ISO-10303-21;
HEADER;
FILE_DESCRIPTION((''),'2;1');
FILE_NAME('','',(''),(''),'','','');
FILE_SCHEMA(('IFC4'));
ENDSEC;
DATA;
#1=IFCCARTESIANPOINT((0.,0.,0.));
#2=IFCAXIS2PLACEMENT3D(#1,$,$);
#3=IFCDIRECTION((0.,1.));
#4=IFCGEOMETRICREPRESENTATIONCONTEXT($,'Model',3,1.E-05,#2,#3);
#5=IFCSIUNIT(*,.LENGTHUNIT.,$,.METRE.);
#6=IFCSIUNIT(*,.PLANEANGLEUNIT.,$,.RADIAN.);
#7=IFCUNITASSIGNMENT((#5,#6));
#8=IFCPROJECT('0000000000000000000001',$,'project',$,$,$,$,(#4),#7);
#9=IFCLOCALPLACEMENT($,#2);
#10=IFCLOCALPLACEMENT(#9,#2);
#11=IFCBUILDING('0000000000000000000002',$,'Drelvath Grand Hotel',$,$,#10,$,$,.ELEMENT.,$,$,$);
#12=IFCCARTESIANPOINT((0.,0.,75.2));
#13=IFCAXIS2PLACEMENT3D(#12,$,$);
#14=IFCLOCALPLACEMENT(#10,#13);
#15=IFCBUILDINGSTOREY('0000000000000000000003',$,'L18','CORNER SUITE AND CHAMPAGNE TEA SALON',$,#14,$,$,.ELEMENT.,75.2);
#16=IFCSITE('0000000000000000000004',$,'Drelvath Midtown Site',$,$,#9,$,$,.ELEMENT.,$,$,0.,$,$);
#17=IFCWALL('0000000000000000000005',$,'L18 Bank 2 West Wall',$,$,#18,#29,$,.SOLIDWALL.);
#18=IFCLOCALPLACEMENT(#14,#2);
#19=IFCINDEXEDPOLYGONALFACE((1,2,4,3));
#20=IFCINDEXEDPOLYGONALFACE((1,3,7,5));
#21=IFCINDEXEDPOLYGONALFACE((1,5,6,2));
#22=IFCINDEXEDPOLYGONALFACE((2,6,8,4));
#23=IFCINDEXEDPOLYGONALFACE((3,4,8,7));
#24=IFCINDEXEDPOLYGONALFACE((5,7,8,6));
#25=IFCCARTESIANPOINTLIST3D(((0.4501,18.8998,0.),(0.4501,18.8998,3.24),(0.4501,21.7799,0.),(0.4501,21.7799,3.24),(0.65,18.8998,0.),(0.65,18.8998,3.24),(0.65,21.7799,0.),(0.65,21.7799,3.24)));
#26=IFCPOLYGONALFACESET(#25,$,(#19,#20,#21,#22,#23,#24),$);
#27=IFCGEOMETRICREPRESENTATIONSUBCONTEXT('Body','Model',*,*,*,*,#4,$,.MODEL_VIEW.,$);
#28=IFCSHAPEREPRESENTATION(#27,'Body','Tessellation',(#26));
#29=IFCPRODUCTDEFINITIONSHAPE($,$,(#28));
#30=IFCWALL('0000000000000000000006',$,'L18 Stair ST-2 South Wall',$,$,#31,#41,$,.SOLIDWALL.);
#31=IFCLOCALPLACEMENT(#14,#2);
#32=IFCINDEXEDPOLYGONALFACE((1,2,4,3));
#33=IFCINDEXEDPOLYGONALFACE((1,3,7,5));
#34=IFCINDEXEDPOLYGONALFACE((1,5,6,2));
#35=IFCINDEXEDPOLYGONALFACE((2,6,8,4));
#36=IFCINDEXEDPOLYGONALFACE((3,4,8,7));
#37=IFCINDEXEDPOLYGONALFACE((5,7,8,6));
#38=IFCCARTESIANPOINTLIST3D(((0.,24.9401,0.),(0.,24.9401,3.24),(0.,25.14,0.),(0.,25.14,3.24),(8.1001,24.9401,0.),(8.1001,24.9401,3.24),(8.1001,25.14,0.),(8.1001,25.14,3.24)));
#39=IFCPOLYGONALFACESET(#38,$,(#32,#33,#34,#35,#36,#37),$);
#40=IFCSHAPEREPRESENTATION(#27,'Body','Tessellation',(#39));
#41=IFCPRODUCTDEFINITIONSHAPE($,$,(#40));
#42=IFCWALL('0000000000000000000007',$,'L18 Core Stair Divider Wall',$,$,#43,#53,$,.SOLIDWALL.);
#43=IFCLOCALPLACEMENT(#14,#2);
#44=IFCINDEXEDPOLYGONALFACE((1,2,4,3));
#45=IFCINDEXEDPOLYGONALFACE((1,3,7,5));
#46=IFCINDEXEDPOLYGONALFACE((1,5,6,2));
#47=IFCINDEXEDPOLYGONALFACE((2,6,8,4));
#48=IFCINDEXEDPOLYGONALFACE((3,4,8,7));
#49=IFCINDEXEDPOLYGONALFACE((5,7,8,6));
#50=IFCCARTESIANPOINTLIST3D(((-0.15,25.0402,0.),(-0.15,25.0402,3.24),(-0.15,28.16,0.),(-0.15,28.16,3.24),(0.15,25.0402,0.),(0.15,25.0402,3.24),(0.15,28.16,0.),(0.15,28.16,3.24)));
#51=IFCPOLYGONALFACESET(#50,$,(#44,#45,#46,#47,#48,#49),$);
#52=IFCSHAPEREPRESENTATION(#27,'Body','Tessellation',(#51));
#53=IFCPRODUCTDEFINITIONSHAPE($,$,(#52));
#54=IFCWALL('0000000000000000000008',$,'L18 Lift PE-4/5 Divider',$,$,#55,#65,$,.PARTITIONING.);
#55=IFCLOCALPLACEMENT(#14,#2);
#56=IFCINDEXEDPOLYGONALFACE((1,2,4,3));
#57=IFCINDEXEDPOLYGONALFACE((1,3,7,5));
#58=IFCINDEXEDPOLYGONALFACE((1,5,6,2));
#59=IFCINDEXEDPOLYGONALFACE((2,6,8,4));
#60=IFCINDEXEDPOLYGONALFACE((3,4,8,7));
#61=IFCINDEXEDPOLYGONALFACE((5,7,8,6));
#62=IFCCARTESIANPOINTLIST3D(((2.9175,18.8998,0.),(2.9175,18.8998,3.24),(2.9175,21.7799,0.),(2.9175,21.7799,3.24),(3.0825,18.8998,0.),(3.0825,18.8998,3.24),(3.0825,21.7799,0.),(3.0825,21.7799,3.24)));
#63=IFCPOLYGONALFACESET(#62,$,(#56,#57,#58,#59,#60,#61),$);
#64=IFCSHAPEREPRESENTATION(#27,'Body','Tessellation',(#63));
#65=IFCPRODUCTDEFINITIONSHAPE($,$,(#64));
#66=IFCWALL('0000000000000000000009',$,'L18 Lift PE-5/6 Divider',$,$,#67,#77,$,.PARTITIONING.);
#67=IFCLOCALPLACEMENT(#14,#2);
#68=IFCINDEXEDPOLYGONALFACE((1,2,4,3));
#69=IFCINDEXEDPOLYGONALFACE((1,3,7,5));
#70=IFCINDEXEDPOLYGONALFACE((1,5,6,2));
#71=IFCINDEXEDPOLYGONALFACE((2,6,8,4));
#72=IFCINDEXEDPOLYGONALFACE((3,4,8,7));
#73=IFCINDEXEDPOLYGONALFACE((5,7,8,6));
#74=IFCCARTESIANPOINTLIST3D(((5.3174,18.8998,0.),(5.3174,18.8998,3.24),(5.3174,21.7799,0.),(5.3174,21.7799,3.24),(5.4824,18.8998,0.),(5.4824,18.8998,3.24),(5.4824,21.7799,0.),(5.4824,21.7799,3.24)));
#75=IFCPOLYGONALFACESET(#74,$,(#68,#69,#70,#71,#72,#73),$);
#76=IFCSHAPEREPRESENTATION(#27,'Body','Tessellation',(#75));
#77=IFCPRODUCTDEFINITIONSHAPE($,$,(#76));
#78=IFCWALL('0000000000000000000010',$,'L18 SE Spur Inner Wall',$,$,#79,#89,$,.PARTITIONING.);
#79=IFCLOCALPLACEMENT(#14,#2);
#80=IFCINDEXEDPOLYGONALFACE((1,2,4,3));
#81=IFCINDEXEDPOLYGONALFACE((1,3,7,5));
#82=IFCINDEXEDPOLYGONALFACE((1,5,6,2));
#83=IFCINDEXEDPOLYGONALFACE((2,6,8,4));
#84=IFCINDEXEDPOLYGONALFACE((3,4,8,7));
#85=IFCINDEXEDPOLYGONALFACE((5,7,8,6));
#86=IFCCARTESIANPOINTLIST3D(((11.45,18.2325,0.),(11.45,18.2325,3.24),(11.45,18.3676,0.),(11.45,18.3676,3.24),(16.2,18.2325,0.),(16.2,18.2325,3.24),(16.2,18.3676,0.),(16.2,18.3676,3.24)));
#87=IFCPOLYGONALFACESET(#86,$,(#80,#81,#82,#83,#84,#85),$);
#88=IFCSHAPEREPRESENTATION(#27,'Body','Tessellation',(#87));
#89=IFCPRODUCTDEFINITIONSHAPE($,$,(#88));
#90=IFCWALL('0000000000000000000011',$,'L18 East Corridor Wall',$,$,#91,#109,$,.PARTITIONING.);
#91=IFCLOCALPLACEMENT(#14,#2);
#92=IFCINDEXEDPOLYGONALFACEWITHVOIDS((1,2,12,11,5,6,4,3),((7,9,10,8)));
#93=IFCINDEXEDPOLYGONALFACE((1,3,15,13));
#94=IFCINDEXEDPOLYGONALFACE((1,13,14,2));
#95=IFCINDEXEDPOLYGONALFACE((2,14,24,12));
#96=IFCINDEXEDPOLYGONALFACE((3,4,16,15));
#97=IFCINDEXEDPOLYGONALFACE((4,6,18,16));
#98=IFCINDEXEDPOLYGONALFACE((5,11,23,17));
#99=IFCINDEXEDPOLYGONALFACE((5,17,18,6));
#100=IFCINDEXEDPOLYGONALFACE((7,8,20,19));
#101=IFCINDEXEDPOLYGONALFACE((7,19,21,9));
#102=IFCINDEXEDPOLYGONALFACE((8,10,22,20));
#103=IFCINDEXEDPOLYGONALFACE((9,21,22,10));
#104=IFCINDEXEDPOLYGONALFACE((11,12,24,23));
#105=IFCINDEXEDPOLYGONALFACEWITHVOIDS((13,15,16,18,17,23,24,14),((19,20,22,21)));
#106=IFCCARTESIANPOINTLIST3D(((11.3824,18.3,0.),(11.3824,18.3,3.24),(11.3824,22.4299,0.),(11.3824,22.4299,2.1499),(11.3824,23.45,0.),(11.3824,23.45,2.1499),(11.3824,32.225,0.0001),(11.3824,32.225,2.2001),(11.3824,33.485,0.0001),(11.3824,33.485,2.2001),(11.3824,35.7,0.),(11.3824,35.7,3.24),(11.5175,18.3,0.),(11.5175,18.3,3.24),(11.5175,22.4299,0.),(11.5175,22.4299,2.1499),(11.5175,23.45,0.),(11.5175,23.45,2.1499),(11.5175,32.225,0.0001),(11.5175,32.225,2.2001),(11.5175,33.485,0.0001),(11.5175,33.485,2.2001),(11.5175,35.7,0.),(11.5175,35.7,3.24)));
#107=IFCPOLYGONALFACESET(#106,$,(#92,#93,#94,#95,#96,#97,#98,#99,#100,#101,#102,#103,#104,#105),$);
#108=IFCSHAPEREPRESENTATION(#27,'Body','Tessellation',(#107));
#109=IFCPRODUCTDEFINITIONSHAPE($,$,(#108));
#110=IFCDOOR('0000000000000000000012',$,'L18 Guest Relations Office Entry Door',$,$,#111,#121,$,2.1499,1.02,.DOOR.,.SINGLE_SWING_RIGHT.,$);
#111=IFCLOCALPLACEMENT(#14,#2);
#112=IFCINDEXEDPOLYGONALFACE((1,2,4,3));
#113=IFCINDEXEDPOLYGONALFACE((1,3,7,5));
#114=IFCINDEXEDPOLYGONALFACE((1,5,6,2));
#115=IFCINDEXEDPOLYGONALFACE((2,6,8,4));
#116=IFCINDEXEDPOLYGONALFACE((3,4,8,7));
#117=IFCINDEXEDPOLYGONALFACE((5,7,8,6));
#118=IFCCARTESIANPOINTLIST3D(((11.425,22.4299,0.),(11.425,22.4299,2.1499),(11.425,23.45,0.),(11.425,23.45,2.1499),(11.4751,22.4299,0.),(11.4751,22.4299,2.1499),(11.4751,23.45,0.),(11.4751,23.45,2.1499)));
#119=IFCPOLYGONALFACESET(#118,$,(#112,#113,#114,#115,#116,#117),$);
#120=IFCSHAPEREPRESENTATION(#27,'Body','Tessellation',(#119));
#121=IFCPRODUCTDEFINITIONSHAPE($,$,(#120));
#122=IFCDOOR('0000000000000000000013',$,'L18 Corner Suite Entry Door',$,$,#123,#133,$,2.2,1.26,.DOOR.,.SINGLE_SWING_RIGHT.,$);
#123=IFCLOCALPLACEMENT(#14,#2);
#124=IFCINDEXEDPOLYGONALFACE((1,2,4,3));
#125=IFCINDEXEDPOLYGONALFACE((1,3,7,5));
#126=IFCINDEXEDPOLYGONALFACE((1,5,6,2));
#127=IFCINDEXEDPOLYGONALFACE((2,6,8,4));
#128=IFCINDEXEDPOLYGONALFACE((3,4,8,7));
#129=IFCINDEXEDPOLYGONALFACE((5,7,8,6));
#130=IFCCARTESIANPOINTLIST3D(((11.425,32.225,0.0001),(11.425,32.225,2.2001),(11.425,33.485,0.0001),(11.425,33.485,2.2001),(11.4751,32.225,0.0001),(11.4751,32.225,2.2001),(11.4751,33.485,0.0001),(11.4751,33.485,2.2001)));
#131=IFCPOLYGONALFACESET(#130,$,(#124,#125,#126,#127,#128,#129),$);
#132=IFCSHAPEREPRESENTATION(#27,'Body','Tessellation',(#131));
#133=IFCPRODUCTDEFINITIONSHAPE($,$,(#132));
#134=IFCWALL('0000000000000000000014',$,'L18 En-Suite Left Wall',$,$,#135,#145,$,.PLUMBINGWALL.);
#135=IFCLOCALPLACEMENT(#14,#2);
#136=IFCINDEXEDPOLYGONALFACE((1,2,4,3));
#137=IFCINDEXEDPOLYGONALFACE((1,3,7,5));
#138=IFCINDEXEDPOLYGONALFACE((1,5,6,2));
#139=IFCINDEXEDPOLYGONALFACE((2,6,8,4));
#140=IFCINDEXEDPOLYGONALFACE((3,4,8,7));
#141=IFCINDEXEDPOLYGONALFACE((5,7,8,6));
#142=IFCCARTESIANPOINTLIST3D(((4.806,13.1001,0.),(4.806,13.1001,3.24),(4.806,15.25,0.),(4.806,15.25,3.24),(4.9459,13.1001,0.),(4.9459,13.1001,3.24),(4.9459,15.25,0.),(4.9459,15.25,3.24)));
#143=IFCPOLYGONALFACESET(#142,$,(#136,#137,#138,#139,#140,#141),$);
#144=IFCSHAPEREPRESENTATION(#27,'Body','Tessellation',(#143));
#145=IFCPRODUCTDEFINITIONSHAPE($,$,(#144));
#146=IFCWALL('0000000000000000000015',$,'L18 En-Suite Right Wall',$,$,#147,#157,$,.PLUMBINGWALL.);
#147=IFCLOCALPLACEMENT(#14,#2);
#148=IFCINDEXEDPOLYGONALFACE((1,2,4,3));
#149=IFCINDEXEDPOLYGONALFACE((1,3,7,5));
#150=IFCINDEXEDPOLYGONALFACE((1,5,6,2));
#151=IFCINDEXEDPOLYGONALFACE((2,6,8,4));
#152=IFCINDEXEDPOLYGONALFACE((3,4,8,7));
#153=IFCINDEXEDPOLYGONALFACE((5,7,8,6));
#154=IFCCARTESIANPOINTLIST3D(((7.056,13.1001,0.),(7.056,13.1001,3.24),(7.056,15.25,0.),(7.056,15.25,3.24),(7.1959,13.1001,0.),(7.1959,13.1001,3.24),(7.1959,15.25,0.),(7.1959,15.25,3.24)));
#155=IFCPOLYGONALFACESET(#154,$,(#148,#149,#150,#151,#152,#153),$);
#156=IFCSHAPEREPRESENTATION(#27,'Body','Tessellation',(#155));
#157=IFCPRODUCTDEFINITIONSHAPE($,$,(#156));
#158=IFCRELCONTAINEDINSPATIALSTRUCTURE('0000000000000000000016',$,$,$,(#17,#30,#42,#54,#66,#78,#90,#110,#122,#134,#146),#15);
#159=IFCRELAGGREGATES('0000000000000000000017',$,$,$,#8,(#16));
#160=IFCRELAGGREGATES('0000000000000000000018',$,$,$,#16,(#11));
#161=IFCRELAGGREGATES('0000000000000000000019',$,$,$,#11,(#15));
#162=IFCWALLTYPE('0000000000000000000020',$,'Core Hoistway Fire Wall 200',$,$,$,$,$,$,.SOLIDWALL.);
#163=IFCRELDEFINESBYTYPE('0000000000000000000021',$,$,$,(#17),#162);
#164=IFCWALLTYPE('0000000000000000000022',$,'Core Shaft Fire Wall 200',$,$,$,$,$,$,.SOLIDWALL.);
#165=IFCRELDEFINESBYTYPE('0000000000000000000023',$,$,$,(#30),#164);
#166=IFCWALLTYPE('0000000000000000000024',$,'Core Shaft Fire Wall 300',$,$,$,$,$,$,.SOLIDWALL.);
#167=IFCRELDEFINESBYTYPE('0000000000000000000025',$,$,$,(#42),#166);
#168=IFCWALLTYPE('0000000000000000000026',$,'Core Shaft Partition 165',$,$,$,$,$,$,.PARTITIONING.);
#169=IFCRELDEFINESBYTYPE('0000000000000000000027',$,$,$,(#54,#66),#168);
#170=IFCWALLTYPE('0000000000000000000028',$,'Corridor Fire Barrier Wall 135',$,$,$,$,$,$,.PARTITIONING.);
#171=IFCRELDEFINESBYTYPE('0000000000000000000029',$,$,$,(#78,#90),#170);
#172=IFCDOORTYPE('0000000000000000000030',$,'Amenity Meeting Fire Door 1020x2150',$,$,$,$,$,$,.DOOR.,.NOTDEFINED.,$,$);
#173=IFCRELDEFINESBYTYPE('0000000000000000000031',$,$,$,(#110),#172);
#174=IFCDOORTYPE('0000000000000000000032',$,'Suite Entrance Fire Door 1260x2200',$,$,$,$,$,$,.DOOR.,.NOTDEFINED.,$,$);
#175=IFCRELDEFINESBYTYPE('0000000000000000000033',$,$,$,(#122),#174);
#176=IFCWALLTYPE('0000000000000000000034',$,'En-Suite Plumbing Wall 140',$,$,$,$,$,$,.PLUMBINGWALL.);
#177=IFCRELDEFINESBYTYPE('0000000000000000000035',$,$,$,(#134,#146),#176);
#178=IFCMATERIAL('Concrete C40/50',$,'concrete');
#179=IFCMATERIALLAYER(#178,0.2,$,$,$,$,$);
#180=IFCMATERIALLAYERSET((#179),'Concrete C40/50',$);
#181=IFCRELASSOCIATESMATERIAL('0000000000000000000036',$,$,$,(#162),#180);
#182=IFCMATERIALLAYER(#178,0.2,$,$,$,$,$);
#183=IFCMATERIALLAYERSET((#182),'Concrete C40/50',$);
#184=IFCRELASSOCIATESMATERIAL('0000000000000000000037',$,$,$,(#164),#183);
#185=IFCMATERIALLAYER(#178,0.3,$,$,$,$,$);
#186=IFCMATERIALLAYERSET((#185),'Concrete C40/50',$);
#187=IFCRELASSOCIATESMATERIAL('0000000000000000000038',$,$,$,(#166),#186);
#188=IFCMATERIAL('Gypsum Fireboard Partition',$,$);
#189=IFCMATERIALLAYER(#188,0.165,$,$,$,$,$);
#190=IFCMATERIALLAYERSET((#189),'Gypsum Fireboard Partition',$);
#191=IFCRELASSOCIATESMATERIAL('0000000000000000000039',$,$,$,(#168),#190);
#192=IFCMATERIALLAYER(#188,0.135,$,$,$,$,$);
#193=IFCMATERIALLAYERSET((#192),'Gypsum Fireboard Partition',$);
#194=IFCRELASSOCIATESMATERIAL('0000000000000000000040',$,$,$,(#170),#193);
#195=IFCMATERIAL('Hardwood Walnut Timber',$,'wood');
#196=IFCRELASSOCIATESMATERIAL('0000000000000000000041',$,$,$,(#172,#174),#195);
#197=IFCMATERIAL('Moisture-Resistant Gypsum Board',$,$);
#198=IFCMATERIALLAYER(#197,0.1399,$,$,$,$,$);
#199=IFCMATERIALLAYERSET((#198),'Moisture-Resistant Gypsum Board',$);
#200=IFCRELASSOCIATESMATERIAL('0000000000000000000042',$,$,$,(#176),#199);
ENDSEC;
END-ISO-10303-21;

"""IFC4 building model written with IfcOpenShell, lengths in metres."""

from ifc_helpers import new_model, si_unit, direction, frame, frame_2d, origin, place, context, subcontext, project, spatial, rectangle, extrude, material, layer, layer_set, type_object, element, fill, save


model = new_model("IFC4")

# Units and contexts
model_context = context("Model", 3, precision=1e-05, world=origin(), true_north=direction((0.0, 1.0)))
body_context = subcontext(model_context, "Body", "Model", "MODEL_VIEW")
ifc_project = project(units=[si_unit("LENGTHUNIT", "METRE"), si_unit("PLANEANGLEUNIT", "RADIAN")], contexts=[model_context])

# Site, building, storey
site_placement = place(None, origin())
site = spatial("IfcSite", under=ifc_project, at=site_placement, Name="Drelvath Midtown Site", CompositionType="ELEMENT", RefElevation=0.0)
building_placement = place(site_placement, origin())
building = spatial("IfcBuilding", under=site, at=building_placement, Name="Drelvath Grand Hotel", CompositionType="ELEMENT")
storey_placement = place(building_placement, frame((0.0, 0.0, 75.2)))
storey = spatial("IfcBuildingStorey", under=building, at=storey_placement, Name="L18", Description="CORNER SUITE AND CHAMPAGNE TEA SALON", CompositionType="ELEMENT", Elevation=75.2)

# Walls
ifc_material_1 = material(Name="Concrete C40/50", Category="concrete")
ifc_layer_1 = layer(ifc_material_1, 0.2)
ifc_layer_set_1 = layer_set([ifc_layer_1], Name="Concrete C40/50")
wall_type_1 = type_object("IfcWallType", Name="Core Hoistway Fire Wall 200", PredefinedType="SOLIDWALL", material=ifc_layer_set_1)
wall_1_placement = place(storey_placement, frame((0.55, 18.8999, 0.0), z_axis=(0.0, 0.0, 1.0), x_axis=(0.0, 1.0, 0.0)))
element("IfcWall", 1, at=wall_1_placement, inside=storey, type_object=wall_type_1, Name="L18 Bank 2 West Wall", PredefinedType="SOLIDWALL", context=body_context, shape_type="SweptSolid", body=[
    extrude(rectangle(XDim=2.8801, YDim=0.2, at=frame_2d((1.4399, 0.0))), origin(), (0.0, 0.0, 1.0), 3.24),
])
ifc_layer_2 = layer(ifc_material_1, 0.2)
ifc_layer_set_2 = layer_set([ifc_layer_2], Name="Concrete C40/50")
wall_type_2 = type_object("IfcWallType", Name="Core Shaft Fire Wall 200", PredefinedType="SOLIDWALL", material=ifc_layer_set_2)
wall_2_placement = place(storey_placement, frame((0.0, 25.04, 0.0), z_axis=(0.0, 0.0, 1.0), x_axis=(1.0, 0.0, 0.0)))
element("IfcWall", 2, at=wall_2_placement, inside=storey, type_object=wall_type_2, Name="L18 Stair ST-2 South Wall", PredefinedType="SOLIDWALL", context=body_context, shape_type="SweptSolid", body=[
    extrude(rectangle(XDim=8.1001, YDim=0.2, at=frame_2d((4.05, 0.0))), origin(), (0.0, 0.0, 1.0), 3.24),
])
ifc_layer_3 = layer(ifc_material_1, 0.3)
ifc_layer_set_3 = layer_set([ifc_layer_3], Name="Concrete C40/50")
wall_type_3 = type_object("IfcWallType", Name="Core Shaft Fire Wall 300", PredefinedType="SOLIDWALL", material=ifc_layer_set_3)
wall_3_placement = place(storey_placement, frame((0.0, 25.04, 0.0), z_axis=(0.0, 0.0, 1.0), x_axis=(0.0, 1.0, 0.0)))
element("IfcWall", 3, at=wall_3_placement, inside=storey, type_object=wall_type_3, Name="L18 Core Stair Divider Wall", PredefinedType="SOLIDWALL", context=body_context, shape_type="SweptSolid", body=[
    extrude(rectangle(XDim=3.1199, YDim=0.3, at=frame_2d((1.5601, 0.0))), origin(), (0.0, 0.0, 1.0), 3.24),
])
ifc_material_2 = material(Name="Gypsum Fireboard Partition")
ifc_layer_4 = layer(ifc_material_2, 0.165)
ifc_layer_set_4 = layer_set([ifc_layer_4], Name="Gypsum Fireboard Partition")
wall_type_4 = type_object("IfcWallType", Name="Core Shaft Partition 165", PredefinedType="PARTITIONING", material=ifc_layer_set_4)
for number, where, z_axis, x_axis, name in (
    (4, (3.0, 18.8999, 0.0), (0.0, 0.0, 1.0), (0.0, 1.0, 0.0), "L18 Lift PE-4/5 Divider"),
    (5, (5.3999, 18.8999, 0.0), (0.0, 0.0, 1.0), (0.0, 1.0, 0.0), "L18 Lift PE-5/6 Divider"),
):
    element("IfcWall", number, at=place(storey_placement, frame(where, z_axis=z_axis, x_axis=x_axis)), inside=storey, type_object=wall_type_4, Name=name, PredefinedType="PARTITIONING", context=body_context, shape_type="SweptSolid", body=[
        extrude(rectangle(XDim=2.8801, YDim=0.165, at=frame_2d((1.4399, 0.0))), origin(), (0.0, 0.0, 1.0), 3.24),
    ])
ifc_layer_5 = layer(ifc_material_2, 0.135)
ifc_layer_set_5 = layer_set([ifc_layer_5], Name="Gypsum Fireboard Partition")
wall_type_5 = type_object("IfcWallType", Name="Corridor Fire Barrier Wall 135", PredefinedType="PARTITIONING", material=ifc_layer_set_5)
wall_4_placement = place(storey_placement, frame((11.45, 18.3, 0.0), z_axis=(0.0, 0.0, 1.0), x_axis=(1.0, 0.0, 0.0)))
element("IfcWall", 6, at=wall_4_placement, inside=storey, type_object=wall_type_5, Name="L18 SE Spur Inner Wall", PredefinedType="PARTITIONING", context=body_context, shape_type="SweptSolid", body=[
    extrude(rectangle(XDim=4.75, YDim=0.135, at=frame_2d((2.375, 0.0))), origin(), (0.0, 0.0, 1.0), 3.24),
])

# Wall, openings, doors
wall_5_placement = place(storey_placement, frame((11.45, 18.3, 0.0), z_axis=(0.0, 0.0, 1.0), x_axis=(0.0, 1.0, 0.0)))
wall_5 = element("IfcWall", 7, at=wall_5_placement, inside=storey, type_object=wall_type_5, Name="L18 East Corridor Wall", PredefinedType="PARTITIONING", context=body_context, shape_type="SweptSolid", body=[
    extrude(rectangle(XDim=17.3999, YDim=0.135, at=frame_2d((8.7, 0.0))), origin(), (0.0, 0.0, 1.0), 3.24),
])
opening_1_placement = place(wall_5_placement, frame((4.1299, 0.0, 0.0)))
opening_1 = element("IfcOpeningElement", 8, at=opening_1_placement, cuts=wall_5, PredefinedType="OPENING", context=body_context, shape_type="SweptSolid", body=[
    extrude(rectangle(XDim=1.02, YDim=2.1499, at=frame_2d((0.51, 1.075))), frame((0.0, 0.0774, 0.0), z_axis=(0.0, -1.0, 0.0), x_axis=(1.0, 0.0, 0.0)), (0.0, 0.0, 1.0), 0.155),
])
opening_2_placement = place(wall_5_placement, frame((13.925, 0.0, 0.0)))
opening_2 = element("IfcOpeningElement", 9, at=opening_2_placement, cuts=wall_5, PredefinedType="OPENING", context=body_context, shape_type="SweptSolid", body=[
    extrude(rectangle(XDim=1.26, YDim=2.2, at=frame_2d((0.6299, 1.1001))), frame((0.0, 0.0774, 0.0), z_axis=(0.0, -1.0, 0.0), x_axis=(1.0, 0.0, 0.0)), (0.0, 0.0, 1.0), 0.155),
])
ifc_material_3 = material(Name="Hardwood Walnut Timber", Category="wood")
door_type_1 = type_object("IfcDoorType", Name="Amenity Meeting Fire Door 1020x2150", OperationType="NOTDEFINED", PredefinedType="DOOR", material=ifc_material_3)
door_1_placement = place(opening_1_placement, origin())
door_1 = element("IfcDoor", 10, at=door_1_placement, inside=storey, type_object=door_type_1, Name="L18 Guest Relations Office Entry Door", OperationType="SINGLE_SWING_RIGHT", OverallHeight=2.1499, OverallWidth=1.02, PredefinedType="DOOR", context=body_context, shape_type="SweptSolid", body=[
    extrude(rectangle(XDim=1.02, YDim=2.1499, at=frame_2d((0.51, 1.075))), frame((0.0, 0.0249, 0.0), z_axis=(0.0, -1.0, 0.0), x_axis=(1.0, 0.0, 0.0)), (0.0, 0.0, 1.0), 0.05),
])
fill(opening_1, door_1)
door_type_2 = type_object("IfcDoorType", Name="Suite Entrance Fire Door 1260x2200", OperationType="NOTDEFINED", PredefinedType="DOOR", material=ifc_material_3)
door_2_placement = place(opening_2_placement, origin())
door_2 = element("IfcDoor", 11, at=door_2_placement, inside=storey, type_object=door_type_2, Name="L18 Corner Suite Entry Door", OperationType="SINGLE_SWING_RIGHT", OverallHeight=2.2, OverallWidth=1.26, PredefinedType="DOOR", context=body_context, shape_type="SweptSolid", body=[
    extrude(rectangle(XDim=1.26, YDim=2.2, at=frame_2d((0.6299, 1.1001))), frame((0.0, 0.0249, 0.0), z_axis=(0.0, -1.0, 0.0), x_axis=(1.0, 0.0, 0.0)), (0.0, 0.0, 1.0), 0.05),
])
fill(opening_2, door_2)

# Walls
ifc_material_4 = material(Name="Moisture-Resistant Gypsum Board")
ifc_layer_6 = layer(ifc_material_4, 0.1399)
ifc_layer_set_6 = layer_set([ifc_layer_6], Name="Moisture-Resistant Gypsum Board")
wall_type_6 = type_object("IfcWallType", Name="En-Suite Plumbing Wall 140", PredefinedType="PLUMBINGWALL", material=ifc_layer_set_6)
for number, where, z_axis, x_axis, name in (
    (12, (4.876, 15.25, 0.0), (0.0, 0.0, 1.0), (0.0, -1.0, 0.0), "L18 En-Suite Left Wall"),
    (13, (7.126, 15.25, 0.0), (0.0, 0.0, 1.0), (0.0, -1.0, 0.0), "L18 En-Suite Right Wall"),
):
    element("IfcWall", number, at=place(storey_placement, frame(where, z_axis=z_axis, x_axis=x_axis)), inside=storey, type_object=wall_type_6, Name=name, PredefinedType="PLUMBINGWALL", context=body_context, shape_type="SweptSolid", body=[
        extrude(rectangle(XDim=2.1499, YDim=0.1399, at=frame_2d((1.075, 0.0))), origin(), (0.0, 0.0, 1.0), 3.24),
    ])

save(model, "model.ifc")
